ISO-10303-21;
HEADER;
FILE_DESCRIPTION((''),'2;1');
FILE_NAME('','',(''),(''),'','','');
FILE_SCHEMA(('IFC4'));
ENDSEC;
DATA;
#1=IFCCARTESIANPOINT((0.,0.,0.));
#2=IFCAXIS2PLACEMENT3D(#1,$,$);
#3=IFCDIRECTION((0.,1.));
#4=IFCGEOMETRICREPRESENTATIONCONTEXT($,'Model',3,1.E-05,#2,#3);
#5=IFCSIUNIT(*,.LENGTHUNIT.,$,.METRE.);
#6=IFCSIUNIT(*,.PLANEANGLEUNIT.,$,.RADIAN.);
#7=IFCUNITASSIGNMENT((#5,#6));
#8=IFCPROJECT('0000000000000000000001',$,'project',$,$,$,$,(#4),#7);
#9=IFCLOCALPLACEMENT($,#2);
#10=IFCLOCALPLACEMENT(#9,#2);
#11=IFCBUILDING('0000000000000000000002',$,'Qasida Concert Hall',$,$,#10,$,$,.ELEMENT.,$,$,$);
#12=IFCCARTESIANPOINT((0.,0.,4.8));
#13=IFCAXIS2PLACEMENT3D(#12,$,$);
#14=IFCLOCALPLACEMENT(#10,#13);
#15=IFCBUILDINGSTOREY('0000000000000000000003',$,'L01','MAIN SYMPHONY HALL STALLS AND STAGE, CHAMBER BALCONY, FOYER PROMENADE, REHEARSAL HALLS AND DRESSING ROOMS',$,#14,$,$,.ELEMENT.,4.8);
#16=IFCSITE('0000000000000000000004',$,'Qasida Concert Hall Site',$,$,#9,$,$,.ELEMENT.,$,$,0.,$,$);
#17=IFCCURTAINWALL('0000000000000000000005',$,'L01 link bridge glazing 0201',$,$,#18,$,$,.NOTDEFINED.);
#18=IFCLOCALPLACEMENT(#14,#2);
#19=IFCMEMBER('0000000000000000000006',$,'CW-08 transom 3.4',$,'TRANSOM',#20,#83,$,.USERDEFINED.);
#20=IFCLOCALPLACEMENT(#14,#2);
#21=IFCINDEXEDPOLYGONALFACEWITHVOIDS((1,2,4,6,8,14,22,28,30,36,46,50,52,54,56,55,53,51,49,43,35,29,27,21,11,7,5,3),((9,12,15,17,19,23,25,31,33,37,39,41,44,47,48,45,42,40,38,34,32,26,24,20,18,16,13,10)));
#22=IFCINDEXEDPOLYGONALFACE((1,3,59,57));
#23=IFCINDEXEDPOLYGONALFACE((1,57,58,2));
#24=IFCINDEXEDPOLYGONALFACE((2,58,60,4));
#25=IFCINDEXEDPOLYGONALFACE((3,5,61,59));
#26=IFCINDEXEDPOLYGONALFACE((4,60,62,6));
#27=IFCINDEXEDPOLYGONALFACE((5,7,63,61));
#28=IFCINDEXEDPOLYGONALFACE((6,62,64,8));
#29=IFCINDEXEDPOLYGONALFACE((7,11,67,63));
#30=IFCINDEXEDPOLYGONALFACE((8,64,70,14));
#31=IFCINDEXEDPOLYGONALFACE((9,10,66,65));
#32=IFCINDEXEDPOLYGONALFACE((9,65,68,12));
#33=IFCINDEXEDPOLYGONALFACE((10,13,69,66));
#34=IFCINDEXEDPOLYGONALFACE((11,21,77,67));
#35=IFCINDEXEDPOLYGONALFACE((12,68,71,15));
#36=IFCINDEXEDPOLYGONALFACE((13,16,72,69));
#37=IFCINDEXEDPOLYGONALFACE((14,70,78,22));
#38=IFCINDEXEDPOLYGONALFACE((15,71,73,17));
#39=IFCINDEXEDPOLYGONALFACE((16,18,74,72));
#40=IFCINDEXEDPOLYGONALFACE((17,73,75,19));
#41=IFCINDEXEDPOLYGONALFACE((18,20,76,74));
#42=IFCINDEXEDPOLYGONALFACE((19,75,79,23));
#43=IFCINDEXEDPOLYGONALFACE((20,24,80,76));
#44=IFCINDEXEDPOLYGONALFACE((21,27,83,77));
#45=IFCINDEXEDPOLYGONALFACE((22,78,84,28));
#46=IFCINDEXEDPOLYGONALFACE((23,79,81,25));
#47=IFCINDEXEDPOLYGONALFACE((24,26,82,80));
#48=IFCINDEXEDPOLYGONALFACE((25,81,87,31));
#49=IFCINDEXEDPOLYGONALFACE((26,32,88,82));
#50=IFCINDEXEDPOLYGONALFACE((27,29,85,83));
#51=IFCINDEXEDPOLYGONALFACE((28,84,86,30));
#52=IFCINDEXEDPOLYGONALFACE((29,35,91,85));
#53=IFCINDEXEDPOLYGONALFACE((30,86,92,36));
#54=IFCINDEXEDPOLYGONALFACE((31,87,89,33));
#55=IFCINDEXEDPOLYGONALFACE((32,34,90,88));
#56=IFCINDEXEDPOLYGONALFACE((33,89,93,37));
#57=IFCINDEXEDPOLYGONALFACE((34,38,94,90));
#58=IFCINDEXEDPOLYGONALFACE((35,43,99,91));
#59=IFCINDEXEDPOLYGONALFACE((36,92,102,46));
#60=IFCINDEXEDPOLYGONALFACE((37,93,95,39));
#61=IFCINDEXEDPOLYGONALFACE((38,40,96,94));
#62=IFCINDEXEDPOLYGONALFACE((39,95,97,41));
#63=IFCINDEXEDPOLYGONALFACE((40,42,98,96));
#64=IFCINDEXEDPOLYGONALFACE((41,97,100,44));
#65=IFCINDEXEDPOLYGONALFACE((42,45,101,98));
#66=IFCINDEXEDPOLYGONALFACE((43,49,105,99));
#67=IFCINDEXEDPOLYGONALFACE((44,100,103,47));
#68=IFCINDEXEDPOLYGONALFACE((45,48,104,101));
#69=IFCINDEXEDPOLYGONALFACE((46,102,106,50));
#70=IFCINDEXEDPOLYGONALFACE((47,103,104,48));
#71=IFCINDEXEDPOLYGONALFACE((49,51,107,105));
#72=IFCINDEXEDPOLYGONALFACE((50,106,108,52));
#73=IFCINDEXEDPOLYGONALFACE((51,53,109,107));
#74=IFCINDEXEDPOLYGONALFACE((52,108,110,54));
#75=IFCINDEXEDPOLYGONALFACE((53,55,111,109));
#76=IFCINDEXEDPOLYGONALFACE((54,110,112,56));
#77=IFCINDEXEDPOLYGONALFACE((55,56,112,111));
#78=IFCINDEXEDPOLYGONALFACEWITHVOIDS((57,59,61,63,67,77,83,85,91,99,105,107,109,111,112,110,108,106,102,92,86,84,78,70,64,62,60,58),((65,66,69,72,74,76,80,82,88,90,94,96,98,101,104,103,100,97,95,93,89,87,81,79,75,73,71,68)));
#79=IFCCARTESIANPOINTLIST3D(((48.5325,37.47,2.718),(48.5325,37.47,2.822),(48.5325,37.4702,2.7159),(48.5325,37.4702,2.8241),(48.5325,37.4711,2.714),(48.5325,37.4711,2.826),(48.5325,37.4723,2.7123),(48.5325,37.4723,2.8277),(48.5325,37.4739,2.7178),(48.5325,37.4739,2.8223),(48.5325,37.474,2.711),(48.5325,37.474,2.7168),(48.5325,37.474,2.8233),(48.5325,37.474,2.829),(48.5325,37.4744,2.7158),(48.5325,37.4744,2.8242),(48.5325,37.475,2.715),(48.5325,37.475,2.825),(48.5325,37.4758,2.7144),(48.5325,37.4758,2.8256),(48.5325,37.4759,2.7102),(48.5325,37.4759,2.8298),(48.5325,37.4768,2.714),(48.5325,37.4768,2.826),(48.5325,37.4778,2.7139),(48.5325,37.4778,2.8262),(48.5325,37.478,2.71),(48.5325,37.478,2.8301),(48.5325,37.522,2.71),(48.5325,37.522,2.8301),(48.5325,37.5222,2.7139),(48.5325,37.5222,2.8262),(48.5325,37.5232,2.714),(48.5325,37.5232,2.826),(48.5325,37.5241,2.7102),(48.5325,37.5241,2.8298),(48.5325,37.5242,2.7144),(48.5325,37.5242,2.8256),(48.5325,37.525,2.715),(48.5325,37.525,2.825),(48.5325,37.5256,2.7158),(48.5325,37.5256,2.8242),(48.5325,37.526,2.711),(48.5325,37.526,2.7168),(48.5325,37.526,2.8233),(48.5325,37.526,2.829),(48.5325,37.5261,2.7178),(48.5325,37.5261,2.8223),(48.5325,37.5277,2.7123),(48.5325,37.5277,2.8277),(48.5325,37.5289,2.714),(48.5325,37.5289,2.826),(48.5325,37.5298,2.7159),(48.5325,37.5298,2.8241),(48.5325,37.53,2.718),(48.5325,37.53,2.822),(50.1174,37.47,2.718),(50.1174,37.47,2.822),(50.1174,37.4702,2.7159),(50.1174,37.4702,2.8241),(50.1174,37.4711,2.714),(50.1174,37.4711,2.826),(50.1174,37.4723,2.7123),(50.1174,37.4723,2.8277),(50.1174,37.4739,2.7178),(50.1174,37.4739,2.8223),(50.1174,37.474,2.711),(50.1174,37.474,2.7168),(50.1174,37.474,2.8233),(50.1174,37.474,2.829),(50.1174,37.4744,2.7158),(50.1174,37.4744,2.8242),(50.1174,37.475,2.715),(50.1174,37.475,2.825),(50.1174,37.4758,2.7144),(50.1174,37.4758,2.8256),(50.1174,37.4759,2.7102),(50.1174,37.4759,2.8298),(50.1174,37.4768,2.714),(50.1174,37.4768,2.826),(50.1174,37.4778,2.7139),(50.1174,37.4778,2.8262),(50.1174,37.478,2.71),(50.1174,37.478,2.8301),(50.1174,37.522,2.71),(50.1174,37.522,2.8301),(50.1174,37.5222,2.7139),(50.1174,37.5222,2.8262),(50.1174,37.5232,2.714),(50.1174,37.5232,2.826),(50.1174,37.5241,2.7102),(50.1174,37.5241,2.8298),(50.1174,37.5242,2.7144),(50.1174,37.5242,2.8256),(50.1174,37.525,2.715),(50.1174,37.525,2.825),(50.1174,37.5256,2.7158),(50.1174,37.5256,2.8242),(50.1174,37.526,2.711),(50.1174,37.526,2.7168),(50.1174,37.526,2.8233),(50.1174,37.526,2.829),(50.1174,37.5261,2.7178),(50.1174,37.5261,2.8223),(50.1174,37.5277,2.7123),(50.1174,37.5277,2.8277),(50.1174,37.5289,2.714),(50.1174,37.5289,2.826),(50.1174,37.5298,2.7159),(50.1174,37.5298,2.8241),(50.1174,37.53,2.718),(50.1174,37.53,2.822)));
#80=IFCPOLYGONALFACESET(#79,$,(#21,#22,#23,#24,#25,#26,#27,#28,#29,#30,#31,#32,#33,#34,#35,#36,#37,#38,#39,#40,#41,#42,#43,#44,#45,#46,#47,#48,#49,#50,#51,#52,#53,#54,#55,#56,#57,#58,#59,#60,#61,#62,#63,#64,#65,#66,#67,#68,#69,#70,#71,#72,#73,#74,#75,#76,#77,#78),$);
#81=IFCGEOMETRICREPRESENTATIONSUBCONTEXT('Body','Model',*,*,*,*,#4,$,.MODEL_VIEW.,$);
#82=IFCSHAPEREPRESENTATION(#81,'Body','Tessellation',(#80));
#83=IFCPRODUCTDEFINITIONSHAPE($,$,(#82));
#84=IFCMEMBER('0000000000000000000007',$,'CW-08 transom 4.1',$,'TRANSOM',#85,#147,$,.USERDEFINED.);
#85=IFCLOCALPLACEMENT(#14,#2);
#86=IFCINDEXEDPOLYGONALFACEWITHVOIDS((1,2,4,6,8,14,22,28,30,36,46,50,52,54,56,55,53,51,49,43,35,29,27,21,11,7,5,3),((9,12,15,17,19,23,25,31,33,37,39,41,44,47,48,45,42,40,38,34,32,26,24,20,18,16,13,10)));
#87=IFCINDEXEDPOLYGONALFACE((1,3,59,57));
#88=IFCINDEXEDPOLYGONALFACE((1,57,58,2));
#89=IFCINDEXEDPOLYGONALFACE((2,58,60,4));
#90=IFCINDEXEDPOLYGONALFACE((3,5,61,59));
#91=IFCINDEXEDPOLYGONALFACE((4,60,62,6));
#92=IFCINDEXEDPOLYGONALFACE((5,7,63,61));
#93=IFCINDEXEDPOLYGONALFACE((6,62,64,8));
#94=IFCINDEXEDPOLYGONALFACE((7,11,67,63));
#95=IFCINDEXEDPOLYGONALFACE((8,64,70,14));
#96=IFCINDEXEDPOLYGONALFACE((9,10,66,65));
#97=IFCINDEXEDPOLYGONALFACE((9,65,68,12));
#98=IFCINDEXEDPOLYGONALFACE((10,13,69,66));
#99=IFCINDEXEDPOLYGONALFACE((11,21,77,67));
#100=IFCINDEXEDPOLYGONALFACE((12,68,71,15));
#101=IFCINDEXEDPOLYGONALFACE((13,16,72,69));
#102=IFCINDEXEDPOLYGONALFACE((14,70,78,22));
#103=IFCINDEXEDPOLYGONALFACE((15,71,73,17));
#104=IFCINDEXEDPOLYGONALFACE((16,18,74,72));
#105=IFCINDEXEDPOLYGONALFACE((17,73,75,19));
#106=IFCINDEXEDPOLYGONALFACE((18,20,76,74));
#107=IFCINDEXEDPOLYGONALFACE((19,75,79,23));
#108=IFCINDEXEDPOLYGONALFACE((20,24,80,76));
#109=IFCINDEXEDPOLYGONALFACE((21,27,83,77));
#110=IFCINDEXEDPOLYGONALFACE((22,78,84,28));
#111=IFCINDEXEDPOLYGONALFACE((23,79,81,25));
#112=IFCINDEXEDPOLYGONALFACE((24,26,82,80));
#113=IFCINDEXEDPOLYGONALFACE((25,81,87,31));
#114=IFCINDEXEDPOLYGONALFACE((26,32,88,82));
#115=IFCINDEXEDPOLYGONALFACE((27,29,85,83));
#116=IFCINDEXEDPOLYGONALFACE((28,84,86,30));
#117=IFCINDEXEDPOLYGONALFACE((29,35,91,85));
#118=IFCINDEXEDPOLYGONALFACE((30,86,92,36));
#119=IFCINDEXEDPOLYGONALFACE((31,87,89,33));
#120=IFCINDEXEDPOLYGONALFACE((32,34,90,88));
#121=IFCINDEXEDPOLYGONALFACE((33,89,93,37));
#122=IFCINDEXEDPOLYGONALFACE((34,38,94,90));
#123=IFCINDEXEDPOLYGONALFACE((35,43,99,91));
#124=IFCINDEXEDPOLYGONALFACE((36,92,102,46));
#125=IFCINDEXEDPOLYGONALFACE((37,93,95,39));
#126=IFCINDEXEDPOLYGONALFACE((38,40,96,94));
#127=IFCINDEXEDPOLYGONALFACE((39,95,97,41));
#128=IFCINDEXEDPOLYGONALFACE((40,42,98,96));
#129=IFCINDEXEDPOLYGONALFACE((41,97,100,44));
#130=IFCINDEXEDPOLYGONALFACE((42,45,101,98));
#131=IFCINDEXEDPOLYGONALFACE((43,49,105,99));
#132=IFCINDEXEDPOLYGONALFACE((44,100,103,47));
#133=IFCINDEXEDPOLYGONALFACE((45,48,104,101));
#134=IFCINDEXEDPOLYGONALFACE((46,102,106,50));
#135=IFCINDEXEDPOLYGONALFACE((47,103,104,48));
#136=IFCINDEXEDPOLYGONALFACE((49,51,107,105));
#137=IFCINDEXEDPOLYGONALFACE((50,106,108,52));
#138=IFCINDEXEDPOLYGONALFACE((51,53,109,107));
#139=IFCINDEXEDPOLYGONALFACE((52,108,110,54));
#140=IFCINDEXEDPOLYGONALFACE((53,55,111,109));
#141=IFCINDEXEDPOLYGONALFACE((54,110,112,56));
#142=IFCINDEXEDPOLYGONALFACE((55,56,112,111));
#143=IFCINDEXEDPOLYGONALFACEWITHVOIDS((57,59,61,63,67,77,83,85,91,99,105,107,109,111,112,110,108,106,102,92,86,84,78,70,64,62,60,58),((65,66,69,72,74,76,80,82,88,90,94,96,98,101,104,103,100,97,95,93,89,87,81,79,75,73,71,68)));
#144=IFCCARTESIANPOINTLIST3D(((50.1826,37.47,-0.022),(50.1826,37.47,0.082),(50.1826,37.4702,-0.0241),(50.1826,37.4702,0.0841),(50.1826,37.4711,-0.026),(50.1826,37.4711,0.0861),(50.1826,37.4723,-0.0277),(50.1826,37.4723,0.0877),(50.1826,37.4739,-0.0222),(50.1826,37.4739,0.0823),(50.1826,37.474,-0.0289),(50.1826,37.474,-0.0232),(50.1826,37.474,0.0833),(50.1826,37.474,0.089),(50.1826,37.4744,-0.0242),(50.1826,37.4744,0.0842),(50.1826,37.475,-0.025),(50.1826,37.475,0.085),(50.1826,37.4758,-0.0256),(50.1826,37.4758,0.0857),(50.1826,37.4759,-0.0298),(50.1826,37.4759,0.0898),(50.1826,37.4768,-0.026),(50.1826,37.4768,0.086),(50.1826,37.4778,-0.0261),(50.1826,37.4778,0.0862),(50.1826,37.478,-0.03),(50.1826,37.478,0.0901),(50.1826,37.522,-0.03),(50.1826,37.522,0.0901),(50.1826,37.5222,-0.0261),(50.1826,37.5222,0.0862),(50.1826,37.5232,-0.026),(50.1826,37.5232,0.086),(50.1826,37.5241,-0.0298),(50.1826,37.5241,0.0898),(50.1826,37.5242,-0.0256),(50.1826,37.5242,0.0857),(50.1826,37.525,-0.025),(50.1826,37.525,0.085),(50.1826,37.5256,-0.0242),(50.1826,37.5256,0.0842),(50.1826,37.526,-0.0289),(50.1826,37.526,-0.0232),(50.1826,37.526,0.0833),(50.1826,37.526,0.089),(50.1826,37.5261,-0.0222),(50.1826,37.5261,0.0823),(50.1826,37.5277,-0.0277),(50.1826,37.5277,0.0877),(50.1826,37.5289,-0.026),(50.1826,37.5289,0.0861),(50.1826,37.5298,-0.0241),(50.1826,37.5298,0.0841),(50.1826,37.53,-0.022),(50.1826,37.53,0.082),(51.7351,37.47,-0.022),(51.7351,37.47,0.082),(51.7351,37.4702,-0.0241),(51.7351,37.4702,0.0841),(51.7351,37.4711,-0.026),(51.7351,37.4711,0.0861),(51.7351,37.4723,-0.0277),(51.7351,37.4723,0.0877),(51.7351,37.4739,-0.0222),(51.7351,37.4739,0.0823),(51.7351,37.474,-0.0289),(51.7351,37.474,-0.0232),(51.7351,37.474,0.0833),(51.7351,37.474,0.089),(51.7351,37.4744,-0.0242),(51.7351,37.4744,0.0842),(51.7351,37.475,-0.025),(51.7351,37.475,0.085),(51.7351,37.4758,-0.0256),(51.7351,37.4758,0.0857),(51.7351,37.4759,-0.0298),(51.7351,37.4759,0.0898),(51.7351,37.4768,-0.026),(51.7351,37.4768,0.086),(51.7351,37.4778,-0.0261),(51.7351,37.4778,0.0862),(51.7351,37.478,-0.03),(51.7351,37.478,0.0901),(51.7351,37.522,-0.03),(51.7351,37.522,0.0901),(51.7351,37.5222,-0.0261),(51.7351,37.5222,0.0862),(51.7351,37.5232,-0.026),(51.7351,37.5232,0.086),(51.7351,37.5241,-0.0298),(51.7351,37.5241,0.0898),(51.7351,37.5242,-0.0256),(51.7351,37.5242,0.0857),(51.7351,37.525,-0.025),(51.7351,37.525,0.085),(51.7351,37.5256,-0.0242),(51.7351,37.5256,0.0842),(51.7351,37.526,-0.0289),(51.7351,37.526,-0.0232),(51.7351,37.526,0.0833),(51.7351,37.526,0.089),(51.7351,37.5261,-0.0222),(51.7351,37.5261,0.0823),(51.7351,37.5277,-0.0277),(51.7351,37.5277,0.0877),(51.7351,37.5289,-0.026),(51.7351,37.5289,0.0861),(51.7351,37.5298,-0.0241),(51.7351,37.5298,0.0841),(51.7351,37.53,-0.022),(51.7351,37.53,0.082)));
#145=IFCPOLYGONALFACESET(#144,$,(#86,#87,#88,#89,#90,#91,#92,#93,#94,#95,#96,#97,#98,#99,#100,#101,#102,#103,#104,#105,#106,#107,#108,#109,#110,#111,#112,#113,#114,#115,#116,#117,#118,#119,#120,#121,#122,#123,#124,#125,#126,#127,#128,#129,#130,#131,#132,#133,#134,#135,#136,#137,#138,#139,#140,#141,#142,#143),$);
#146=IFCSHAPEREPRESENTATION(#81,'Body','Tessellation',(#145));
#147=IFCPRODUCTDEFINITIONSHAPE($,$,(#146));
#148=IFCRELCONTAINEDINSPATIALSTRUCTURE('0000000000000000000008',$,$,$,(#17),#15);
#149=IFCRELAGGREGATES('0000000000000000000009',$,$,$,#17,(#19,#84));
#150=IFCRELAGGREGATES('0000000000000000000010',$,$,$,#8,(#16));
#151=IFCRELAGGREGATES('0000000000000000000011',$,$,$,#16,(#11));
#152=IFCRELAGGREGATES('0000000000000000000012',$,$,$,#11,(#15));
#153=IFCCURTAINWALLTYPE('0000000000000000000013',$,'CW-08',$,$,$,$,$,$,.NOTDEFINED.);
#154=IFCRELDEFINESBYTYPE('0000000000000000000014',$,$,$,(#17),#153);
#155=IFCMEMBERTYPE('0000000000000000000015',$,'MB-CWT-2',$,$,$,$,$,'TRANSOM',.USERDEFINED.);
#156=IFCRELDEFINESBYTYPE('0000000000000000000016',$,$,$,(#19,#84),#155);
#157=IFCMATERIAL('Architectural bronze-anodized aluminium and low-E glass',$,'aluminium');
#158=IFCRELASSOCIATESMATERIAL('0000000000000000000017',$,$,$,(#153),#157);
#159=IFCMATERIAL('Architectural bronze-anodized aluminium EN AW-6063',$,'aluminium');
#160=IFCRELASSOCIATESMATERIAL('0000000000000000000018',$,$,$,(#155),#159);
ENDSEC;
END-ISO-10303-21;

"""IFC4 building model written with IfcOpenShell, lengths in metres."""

from ifc_helpers import new_model, si_unit, direction, frame, origin, origin_2d, place, context, subcontext, project, spatial, hollow_rectangle, extrude, material, material_profile, profile_set, type_object, element, aggregate, save


model = new_model("IFC4")

# Units and contexts
model_context = context("Model", 3, precision=1e-05, world=origin(), true_north=direction((0.0, 1.0)))
body_context = subcontext(model_context, "Body", "Model", "MODEL_VIEW")
ifc_project = project(units=[si_unit("LENGTHUNIT", "METRE"), si_unit("PLANEANGLEUNIT", "RADIAN")], contexts=[model_context])

# Site, building, storey
site_placement = place(None, origin())
site = spatial("IfcSite", under=ifc_project, at=site_placement, Name="Qasida Concert Hall Site", CompositionType="ELEMENT", RefElevation=0.0)
building_placement = place(site_placement, origin())
building = spatial("IfcBuilding", under=site, at=building_placement, Name="Qasida Concert Hall", CompositionType="ELEMENT")
storey_placement = place(building_placement, frame((0.0, 0.0, 4.8)))
storey = spatial("IfcBuildingStorey", under=building, at=storey_placement, Name="L01", Description="MAIN SYMPHONY HALL STALLS AND STAGE, CHAMBER BALCONY, FOYER PROMENADE, REHEARSAL HALLS AND DRESSING ROOMS", CompositionType="ELEMENT", Elevation=4.8)

# Shared definitions
ifc_material_1 = material(Name="Architectural bronze-anodized aluminium and low-E glass", Category="aluminium")
ifc_material_2 = material(Name="Architectural bronze-anodized aluminium EN AW-6063", Category="aluminium")

# Curtain wall
curtain_wall_type_1 = type_object("IfcCurtainWallType", Name="CW-08", PredefinedType="NOTDEFINED", material=ifc_material_1)
curtain_wall_1_placement = place(storey_placement, origin())
curtain_wall_1 = element("IfcCurtainWall", 1, at=curtain_wall_1_placement, inside=storey, type_object=curtain_wall_type_1, Name="L01 link bridge glazing 0201", PredefinedType="NOTDEFINED")

# Members
ifc_material_profile_1 = material_profile(ifc_material_2, hollow_rectangle(XDim=0.0601, YDim=0.1201, WallThickness=0.0039, InnerFilletRadius=0.0039, OuterFilletRadius=0.0081, at=origin_2d()), Name="CWT 120x60x4")
ifc_profile_set_1 = profile_set([ifc_material_profile_1], Name="Architectural bronze-anodized aluminium EN AW-6063")
member_type_1 = type_object("IfcMemberType", Name="MB-CWT-2", ElementType="TRANSOM", PredefinedType="USERDEFINED", material=ifc_profile_set_1)
member_1_placement = place(storey_placement, frame((48.5325, 37.5, 2.77), z_axis=(1.0, 0.0, 0.0), x_axis=(0.0, 1.0, 0.0)))
member_1 = element("IfcMember", 2, at=member_1_placement, type_object=member_type_1, Name="CW-08 transom 3.4", ObjectType="TRANSOM", PredefinedType="USERDEFINED", context=body_context, shape_type="SweptSolid", body=[
    extrude(hollow_rectangle(XDim=0.0601, YDim=0.1201, WallThickness=0.0039, InnerFilletRadius=0.0039, OuterFilletRadius=0.0081, at=origin_2d()), origin(), (0.0, 0.0, 1.0), 1.585),
])
member_2_placement = place(storey_placement, frame((50.1826, 37.5, 0.03), z_axis=(1.0, 0.0, 0.0), x_axis=(0.0, 1.0, 0.0)))
member_2 = element("IfcMember", 3, at=member_2_placement, type_object=member_type_1, Name="CW-08 transom 4.1", ObjectType="TRANSOM", PredefinedType="USERDEFINED", context=body_context, shape_type="SweptSolid", body=[
    extrude(hollow_rectangle(XDim=0.0601, YDim=0.1201, WallThickness=0.0039, InnerFilletRadius=0.0039, OuterFilletRadius=0.0081, at=origin_2d()), origin(), (0.0, 0.0, 1.0), 1.5525),
])

aggregate(curtain_wall_1, [member_1, member_2])

save(model, "model.ifc")
